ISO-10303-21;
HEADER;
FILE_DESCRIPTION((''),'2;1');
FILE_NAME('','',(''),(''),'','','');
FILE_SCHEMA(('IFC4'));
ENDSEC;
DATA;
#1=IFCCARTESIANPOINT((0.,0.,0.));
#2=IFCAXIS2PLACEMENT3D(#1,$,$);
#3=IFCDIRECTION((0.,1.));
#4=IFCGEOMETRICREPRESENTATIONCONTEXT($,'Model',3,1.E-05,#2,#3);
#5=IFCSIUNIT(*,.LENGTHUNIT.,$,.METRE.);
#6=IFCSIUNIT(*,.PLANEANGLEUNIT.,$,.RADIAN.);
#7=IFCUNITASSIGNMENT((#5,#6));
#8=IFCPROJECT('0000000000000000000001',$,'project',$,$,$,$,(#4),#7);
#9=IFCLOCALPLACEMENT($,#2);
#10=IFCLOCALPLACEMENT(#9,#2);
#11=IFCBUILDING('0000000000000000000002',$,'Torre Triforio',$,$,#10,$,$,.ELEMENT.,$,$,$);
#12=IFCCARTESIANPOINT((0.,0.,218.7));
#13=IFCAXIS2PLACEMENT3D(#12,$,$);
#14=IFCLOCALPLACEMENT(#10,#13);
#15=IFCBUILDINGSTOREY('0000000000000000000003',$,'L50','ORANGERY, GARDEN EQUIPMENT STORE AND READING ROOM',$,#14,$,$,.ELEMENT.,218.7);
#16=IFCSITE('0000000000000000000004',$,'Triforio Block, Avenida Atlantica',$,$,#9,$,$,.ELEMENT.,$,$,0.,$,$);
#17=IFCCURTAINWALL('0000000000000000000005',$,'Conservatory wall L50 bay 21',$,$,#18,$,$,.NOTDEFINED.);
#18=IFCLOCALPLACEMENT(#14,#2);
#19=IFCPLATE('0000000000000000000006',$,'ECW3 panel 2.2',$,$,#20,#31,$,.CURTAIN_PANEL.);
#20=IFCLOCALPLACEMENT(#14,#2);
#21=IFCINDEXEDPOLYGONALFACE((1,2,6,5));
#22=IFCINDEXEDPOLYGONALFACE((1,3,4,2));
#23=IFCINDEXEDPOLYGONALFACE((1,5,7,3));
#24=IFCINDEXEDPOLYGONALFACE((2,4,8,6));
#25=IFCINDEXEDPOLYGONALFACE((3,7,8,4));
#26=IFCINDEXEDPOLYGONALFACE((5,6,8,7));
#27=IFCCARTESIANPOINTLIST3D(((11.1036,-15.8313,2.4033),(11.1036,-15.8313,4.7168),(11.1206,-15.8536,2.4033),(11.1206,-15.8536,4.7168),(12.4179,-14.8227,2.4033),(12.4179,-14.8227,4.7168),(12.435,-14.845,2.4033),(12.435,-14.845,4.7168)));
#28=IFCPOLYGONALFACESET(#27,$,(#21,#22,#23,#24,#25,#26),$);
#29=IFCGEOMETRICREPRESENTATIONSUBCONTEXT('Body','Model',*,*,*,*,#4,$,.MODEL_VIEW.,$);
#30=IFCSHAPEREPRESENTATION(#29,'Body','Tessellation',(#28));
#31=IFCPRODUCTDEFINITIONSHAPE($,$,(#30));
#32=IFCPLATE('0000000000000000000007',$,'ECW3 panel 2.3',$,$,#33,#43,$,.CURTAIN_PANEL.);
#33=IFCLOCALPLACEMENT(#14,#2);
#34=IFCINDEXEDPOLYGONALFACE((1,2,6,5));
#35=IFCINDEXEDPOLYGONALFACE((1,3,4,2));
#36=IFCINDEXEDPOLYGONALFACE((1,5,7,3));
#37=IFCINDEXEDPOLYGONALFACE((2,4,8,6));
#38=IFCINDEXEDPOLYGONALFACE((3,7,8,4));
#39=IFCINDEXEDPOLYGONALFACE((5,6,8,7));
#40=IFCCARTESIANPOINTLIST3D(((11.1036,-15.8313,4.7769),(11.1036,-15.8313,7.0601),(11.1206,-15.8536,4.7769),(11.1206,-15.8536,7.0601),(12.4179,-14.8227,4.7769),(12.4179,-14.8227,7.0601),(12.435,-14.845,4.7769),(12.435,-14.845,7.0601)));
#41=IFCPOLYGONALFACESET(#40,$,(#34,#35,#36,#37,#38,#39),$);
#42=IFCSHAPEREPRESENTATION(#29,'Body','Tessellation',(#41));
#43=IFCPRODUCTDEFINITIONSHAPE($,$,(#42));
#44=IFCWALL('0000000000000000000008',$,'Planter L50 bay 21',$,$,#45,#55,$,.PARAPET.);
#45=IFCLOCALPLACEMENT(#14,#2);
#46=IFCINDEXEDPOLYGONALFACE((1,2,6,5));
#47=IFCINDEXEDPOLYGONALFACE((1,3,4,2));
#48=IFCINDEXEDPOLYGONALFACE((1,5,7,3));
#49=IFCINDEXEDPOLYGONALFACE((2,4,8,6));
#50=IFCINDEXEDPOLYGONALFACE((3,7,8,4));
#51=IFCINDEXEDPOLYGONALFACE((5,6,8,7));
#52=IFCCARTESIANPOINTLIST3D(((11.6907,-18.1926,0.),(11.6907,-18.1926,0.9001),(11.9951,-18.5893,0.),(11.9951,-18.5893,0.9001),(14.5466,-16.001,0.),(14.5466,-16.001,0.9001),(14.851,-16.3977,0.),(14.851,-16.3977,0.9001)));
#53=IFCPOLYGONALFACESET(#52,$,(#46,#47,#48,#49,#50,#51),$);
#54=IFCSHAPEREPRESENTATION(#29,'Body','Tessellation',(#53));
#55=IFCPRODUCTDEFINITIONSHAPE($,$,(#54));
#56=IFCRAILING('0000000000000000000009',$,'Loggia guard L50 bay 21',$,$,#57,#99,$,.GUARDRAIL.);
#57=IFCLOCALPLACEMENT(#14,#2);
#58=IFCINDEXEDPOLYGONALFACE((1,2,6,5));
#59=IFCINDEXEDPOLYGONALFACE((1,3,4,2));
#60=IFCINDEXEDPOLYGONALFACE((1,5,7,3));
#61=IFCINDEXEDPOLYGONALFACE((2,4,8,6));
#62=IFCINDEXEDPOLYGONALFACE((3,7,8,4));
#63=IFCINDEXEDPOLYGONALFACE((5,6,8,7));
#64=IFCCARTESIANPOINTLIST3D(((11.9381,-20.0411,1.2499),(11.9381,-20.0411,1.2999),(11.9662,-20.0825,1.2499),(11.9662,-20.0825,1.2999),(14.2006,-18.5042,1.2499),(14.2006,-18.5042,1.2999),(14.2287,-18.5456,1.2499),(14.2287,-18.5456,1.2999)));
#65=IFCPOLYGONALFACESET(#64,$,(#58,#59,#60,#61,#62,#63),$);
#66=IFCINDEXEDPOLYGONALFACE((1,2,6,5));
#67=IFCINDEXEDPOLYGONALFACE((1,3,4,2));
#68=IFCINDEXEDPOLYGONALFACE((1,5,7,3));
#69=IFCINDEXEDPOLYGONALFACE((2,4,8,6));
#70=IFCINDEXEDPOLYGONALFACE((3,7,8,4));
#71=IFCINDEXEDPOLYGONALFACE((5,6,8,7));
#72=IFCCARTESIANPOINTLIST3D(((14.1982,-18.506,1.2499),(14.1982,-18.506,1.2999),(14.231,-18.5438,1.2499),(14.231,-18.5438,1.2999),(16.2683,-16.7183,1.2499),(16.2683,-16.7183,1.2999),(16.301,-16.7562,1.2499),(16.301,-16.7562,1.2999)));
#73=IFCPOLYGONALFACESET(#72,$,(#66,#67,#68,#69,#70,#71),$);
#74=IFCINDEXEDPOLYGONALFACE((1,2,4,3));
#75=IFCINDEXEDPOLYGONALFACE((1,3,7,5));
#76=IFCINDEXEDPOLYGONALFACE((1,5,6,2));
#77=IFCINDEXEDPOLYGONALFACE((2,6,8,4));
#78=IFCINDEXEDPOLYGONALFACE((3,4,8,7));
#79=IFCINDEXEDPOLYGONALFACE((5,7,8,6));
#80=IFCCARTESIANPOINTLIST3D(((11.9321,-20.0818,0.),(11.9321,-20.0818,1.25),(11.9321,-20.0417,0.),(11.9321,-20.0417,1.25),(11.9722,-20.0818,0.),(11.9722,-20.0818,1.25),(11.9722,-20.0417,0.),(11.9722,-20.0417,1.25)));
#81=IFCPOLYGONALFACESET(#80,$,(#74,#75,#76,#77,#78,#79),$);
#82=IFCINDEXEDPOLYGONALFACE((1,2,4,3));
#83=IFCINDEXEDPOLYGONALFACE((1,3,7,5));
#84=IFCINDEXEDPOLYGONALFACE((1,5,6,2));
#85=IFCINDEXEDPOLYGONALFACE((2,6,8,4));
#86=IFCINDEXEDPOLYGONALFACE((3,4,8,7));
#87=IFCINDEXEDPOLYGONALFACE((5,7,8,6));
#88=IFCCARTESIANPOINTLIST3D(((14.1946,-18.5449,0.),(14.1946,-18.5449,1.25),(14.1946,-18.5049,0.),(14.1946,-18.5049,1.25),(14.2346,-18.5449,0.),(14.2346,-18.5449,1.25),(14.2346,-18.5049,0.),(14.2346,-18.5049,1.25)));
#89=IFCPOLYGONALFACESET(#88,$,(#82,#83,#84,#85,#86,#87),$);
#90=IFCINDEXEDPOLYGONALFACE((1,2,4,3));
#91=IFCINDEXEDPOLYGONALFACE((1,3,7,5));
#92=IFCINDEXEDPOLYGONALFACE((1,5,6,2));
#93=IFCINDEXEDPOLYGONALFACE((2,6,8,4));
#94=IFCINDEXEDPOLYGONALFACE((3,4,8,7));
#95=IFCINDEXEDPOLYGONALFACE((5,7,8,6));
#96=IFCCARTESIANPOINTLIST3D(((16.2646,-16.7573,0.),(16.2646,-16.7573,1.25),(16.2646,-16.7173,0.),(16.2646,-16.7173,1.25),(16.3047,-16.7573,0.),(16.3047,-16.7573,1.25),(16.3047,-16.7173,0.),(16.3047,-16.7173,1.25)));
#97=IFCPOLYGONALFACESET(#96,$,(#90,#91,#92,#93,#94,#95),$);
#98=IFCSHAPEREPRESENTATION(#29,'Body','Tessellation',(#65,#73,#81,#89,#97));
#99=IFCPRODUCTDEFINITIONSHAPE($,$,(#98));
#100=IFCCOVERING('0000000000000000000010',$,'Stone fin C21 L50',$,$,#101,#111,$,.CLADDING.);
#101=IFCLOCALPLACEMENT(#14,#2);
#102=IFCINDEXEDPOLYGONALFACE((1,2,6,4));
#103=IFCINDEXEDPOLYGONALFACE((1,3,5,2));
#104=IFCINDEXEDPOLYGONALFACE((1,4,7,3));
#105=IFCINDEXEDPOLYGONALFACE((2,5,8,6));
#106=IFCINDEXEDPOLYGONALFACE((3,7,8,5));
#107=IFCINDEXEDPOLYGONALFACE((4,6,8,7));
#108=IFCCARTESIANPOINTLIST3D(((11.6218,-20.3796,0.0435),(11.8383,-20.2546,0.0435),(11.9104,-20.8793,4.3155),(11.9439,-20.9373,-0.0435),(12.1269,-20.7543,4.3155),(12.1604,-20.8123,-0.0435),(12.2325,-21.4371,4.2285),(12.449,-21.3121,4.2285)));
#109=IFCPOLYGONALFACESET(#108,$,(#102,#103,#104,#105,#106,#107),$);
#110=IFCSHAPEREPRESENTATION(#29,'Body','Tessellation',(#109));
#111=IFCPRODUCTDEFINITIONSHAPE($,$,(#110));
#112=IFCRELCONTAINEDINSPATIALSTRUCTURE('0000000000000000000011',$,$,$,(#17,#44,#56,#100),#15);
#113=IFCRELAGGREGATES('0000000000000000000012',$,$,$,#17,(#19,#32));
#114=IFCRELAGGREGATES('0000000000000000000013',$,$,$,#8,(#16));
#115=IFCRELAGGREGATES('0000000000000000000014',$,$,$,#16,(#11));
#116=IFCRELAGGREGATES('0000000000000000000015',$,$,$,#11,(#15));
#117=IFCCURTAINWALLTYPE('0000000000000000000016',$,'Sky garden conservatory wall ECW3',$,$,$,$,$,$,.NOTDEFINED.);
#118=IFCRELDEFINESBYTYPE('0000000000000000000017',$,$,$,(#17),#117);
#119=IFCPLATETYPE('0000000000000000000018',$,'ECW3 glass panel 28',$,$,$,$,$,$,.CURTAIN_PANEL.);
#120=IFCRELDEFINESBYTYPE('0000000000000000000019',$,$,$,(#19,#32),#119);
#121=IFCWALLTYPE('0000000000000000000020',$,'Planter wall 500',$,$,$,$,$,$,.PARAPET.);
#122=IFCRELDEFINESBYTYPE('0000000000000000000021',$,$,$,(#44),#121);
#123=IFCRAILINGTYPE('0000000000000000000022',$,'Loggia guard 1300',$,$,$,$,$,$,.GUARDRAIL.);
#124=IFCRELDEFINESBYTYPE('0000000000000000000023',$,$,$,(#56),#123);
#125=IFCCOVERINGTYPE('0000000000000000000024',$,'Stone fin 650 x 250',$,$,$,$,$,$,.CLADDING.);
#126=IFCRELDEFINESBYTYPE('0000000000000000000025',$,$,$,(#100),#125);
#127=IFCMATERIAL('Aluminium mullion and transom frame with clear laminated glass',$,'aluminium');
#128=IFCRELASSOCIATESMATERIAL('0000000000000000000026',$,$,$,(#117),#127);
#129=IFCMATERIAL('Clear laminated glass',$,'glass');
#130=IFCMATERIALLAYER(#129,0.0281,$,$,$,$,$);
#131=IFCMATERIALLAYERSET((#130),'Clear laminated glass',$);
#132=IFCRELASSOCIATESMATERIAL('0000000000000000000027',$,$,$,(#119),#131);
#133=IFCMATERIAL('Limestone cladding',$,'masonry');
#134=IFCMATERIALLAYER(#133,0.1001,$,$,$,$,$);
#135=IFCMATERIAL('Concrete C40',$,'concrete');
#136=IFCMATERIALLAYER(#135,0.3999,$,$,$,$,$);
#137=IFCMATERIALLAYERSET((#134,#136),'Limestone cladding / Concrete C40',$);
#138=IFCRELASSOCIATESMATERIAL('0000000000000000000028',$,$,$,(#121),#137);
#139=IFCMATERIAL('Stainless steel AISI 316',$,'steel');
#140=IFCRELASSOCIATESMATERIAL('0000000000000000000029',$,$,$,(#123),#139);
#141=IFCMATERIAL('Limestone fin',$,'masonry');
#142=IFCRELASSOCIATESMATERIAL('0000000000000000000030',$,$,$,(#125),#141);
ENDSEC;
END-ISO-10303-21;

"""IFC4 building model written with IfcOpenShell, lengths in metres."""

from ifc_helpers import new_model, si_unit, direction, frame, frame_2d, origin, origin_2d, place, context, subcontext, project, spatial, rectangle, extrude, material, layer, layer_set, material_profile, profile_set, type_object, element, aggregate, save


model = new_model("IFC4")

# Units and contexts
model_context = context("Model", 3, precision=1e-05, world=origin(), true_north=direction((0.0, 1.0)))
body_context = subcontext(model_context, "Body", "Model", "MODEL_VIEW")
ifc_project = project(units=[si_unit("LENGTHUNIT", "METRE"), si_unit("PLANEANGLEUNIT", "RADIAN")], contexts=[model_context])

# Site, building, storey
site_placement = place(None, origin())
site = spatial("IfcSite", under=ifc_project, at=site_placement, Name="Triforio Block, Avenida Atlantica", CompositionType="ELEMENT", RefElevation=0.0)
building_placement = place(site_placement, origin())
building = spatial("IfcBuilding", under=site, at=building_placement, Name="Torre Triforio", CompositionType="ELEMENT")
storey_placement = place(building_placement, frame((0.0, 0.0, 218.7)))
storey = spatial("IfcBuildingStorey", under=building, at=storey_placement, Name="L50", Description="ORANGERY, GARDEN EQUIPMENT STORE AND READING ROOM", CompositionType="ELEMENT", Elevation=218.7)

# Curtain wall
ifc_material_1 = material(Name="Aluminium mullion and transom frame with clear laminated glass", Category="aluminium")
curtain_wall_type = type_object("IfcCurtainWallType", Name="Sky garden conservatory wall ECW3", PredefinedType="NOTDEFINED", material=ifc_material_1)
curtain_wall_placement = place(storey_placement, origin())
curtain_wall = element("IfcCurtainWall", 1, at=curtain_wall_placement, inside=storey, type_object=curtain_wall_type, Name="Conservatory wall L50 bay 21", PredefinedType="NOTDEFINED")

# Shared definitions
ifc_material_2 = material(Name="Concrete C40", Category="concrete")

# Plates
ifc_material_3 = material(Name="Clear laminated glass", Category="glass")
ifc_layer_1 = layer(ifc_material_3, 0.0281)
ifc_layer_set_1 = layer_set([ifc_layer_1], Name="Clear laminated glass")
plate_type = type_object("IfcPlateType", Name="ECW3 glass panel 28", PredefinedType="CURTAIN_PANEL", material=ifc_layer_set_1)
plate_1_placement = place(storey_placement, frame((11.7693, -15.3381, 2.4033), z_axis=(0.0, 0.0, 1.0), x_axis=(0.793349, 0.608767, 0.0)))
plate_1 = element("IfcPlate", 2, at=plate_1_placement, type_object=plate_type, Name="ECW3 panel 2.2", PredefinedType="CURTAIN_PANEL", context=body_context, shape_type="SweptSolid", body=[
    extrude(rectangle(XDim=1.6567, YDim=0.0281, at=origin_2d()), origin(), (0.0, 0.0, 1.0), 2.3135),
])
plate_2_placement = place(storey_placement, frame((11.7693, -15.3381, 4.7769), z_axis=(0.0, 0.0, 1.0), x_axis=(0.793349, 0.608767, 0.0)))
plate_2 = element("IfcPlate", 3, at=plate_2_placement, type_object=plate_type, Name="ECW3 panel 2.3", PredefinedType="CURTAIN_PANEL", context=body_context, shape_type="SweptSolid", body=[
    extrude(rectangle(XDim=1.6567, YDim=0.0281, at=origin_2d()), origin(), (0.0, 0.0, 1.0), 2.2832),
])
aggregate(curtain_wall, [plate_1, plate_2])

# Wall
ifc_material_4 = material(Name="Limestone cladding", Category="masonry")
ifc_layer_2 = layer(ifc_material_4, 0.1001)
ifc_layer_3 = layer(ifc_material_2, 0.3999)
ifc_layer_set_2 = layer_set([ifc_layer_2, ifc_layer_3], Name="Limestone cladding / Concrete C40")
wall_type = type_object("IfcWallType", Name="Planter wall 500", PredefinedType="PARAPET", material=ifc_layer_set_2)
wall_placement = place(storey_placement, frame((11.843, -18.3909, 0.0), z_axis=(0.0, 0.0, 1.0), x_axis=(0.793327, 0.608796, 0.0)))
element("IfcWall", 4, at=wall_placement, inside=storey, type_object=wall_type, Name="Planter L50 bay 21", PredefinedType="PARAPET", context=body_context, shape_type="SweptSolid", body=[
    extrude(rectangle(XDim=3.5999, YDim=0.5, at=frame_2d((1.7998, 0.0))), origin(), (0.0, 0.0, 1.0), 0.9001),
])

# Railing
ifc_material_5 = material(Name="Stainless steel AISI 316", Category="steel")
railing_type = type_object("IfcRailingType", Name="Loggia guard 1300", PredefinedType="GUARDRAIL", material=ifc_material_5)
railing_placement = place(storey_placement, frame((11.9521, -20.0618, 0.0)))
element("IfcRailing", 5, at=railing_placement, inside=storey, type_object=railing_type, Name="Loggia guard L50 bay 21", PredefinedType="GUARDRAIL", context=body_context, shape_type="SweptSolid", body=[
    extrude(rectangle(XDim=0.05, YDim=0.05, at=origin_2d()), frame((0.0, 0.0, 1.2749), z_axis=(0.827199, 0.56191, 0.0), x_axis=(-0.56191, 0.827199, 0.0)), (0.0, 0.0, 1.0), 2.7351),
    extrude(rectangle(XDim=0.05, YDim=0.05, at=origin_2d()), frame((2.2625, 1.5369, 1.2749), z_axis=(0.756857, 0.65358, 0.0), x_axis=(-0.65358, 0.756857, 0.0)), (0.0, 0.0, 1.0), 2.7351),
    extrude(rectangle(XDim=0.04, YDim=0.04, at=origin_2d()), origin(), (0.0, 0.0, 1.0), 1.25),
    extrude(rectangle(XDim=0.04, YDim=0.04, at=origin_2d()), frame((2.2625, 1.5369, 0.0)), (0.0, 0.0, 1.0), 1.25),
    extrude(rectangle(XDim=0.04, YDim=0.04, at=origin_2d()), frame((4.3325, 3.3245, 0.0)), (0.0, 0.0, 1.0), 1.25),
])

# Covering
ifc_material_6 = material(Name="Limestone fin", Category="masonry")
ifc_material_profile_1 = material_profile(ifc_material_6, rectangle(XDim=0.6499, YDim=0.25, at=origin_2d()), Name="FIN 650x250")
ifc_profile_set_1 = profile_set([ifc_material_profile_1], Name="Limestone fin")
covering_type = type_object("IfcCoveringType", Name="Stone fin 650 x 250", PredefinedType="CLADDING", material=ifc_profile_set_1)
covering_placement = place(storey_placement, frame((11.8911, -20.5959, 0.0), z_axis=(0.066943, -0.115932, 0.990999), x_axis=(-0.495551, 0.8582, 0.133871)))
element("IfcCovering", 6, at=covering_placement, inside=storey, type_object=covering_type, Name="Stone fin C21 L50", PredefinedType="CLADDING", context=body_context, shape_type="SweptSolid", body=[
    extrude(rectangle(XDim=0.6499, YDim=0.25, at=origin_2d()), origin(), (0.0, 0.0, 1.0), 4.3108),
])

save(model, "model.ifc")
